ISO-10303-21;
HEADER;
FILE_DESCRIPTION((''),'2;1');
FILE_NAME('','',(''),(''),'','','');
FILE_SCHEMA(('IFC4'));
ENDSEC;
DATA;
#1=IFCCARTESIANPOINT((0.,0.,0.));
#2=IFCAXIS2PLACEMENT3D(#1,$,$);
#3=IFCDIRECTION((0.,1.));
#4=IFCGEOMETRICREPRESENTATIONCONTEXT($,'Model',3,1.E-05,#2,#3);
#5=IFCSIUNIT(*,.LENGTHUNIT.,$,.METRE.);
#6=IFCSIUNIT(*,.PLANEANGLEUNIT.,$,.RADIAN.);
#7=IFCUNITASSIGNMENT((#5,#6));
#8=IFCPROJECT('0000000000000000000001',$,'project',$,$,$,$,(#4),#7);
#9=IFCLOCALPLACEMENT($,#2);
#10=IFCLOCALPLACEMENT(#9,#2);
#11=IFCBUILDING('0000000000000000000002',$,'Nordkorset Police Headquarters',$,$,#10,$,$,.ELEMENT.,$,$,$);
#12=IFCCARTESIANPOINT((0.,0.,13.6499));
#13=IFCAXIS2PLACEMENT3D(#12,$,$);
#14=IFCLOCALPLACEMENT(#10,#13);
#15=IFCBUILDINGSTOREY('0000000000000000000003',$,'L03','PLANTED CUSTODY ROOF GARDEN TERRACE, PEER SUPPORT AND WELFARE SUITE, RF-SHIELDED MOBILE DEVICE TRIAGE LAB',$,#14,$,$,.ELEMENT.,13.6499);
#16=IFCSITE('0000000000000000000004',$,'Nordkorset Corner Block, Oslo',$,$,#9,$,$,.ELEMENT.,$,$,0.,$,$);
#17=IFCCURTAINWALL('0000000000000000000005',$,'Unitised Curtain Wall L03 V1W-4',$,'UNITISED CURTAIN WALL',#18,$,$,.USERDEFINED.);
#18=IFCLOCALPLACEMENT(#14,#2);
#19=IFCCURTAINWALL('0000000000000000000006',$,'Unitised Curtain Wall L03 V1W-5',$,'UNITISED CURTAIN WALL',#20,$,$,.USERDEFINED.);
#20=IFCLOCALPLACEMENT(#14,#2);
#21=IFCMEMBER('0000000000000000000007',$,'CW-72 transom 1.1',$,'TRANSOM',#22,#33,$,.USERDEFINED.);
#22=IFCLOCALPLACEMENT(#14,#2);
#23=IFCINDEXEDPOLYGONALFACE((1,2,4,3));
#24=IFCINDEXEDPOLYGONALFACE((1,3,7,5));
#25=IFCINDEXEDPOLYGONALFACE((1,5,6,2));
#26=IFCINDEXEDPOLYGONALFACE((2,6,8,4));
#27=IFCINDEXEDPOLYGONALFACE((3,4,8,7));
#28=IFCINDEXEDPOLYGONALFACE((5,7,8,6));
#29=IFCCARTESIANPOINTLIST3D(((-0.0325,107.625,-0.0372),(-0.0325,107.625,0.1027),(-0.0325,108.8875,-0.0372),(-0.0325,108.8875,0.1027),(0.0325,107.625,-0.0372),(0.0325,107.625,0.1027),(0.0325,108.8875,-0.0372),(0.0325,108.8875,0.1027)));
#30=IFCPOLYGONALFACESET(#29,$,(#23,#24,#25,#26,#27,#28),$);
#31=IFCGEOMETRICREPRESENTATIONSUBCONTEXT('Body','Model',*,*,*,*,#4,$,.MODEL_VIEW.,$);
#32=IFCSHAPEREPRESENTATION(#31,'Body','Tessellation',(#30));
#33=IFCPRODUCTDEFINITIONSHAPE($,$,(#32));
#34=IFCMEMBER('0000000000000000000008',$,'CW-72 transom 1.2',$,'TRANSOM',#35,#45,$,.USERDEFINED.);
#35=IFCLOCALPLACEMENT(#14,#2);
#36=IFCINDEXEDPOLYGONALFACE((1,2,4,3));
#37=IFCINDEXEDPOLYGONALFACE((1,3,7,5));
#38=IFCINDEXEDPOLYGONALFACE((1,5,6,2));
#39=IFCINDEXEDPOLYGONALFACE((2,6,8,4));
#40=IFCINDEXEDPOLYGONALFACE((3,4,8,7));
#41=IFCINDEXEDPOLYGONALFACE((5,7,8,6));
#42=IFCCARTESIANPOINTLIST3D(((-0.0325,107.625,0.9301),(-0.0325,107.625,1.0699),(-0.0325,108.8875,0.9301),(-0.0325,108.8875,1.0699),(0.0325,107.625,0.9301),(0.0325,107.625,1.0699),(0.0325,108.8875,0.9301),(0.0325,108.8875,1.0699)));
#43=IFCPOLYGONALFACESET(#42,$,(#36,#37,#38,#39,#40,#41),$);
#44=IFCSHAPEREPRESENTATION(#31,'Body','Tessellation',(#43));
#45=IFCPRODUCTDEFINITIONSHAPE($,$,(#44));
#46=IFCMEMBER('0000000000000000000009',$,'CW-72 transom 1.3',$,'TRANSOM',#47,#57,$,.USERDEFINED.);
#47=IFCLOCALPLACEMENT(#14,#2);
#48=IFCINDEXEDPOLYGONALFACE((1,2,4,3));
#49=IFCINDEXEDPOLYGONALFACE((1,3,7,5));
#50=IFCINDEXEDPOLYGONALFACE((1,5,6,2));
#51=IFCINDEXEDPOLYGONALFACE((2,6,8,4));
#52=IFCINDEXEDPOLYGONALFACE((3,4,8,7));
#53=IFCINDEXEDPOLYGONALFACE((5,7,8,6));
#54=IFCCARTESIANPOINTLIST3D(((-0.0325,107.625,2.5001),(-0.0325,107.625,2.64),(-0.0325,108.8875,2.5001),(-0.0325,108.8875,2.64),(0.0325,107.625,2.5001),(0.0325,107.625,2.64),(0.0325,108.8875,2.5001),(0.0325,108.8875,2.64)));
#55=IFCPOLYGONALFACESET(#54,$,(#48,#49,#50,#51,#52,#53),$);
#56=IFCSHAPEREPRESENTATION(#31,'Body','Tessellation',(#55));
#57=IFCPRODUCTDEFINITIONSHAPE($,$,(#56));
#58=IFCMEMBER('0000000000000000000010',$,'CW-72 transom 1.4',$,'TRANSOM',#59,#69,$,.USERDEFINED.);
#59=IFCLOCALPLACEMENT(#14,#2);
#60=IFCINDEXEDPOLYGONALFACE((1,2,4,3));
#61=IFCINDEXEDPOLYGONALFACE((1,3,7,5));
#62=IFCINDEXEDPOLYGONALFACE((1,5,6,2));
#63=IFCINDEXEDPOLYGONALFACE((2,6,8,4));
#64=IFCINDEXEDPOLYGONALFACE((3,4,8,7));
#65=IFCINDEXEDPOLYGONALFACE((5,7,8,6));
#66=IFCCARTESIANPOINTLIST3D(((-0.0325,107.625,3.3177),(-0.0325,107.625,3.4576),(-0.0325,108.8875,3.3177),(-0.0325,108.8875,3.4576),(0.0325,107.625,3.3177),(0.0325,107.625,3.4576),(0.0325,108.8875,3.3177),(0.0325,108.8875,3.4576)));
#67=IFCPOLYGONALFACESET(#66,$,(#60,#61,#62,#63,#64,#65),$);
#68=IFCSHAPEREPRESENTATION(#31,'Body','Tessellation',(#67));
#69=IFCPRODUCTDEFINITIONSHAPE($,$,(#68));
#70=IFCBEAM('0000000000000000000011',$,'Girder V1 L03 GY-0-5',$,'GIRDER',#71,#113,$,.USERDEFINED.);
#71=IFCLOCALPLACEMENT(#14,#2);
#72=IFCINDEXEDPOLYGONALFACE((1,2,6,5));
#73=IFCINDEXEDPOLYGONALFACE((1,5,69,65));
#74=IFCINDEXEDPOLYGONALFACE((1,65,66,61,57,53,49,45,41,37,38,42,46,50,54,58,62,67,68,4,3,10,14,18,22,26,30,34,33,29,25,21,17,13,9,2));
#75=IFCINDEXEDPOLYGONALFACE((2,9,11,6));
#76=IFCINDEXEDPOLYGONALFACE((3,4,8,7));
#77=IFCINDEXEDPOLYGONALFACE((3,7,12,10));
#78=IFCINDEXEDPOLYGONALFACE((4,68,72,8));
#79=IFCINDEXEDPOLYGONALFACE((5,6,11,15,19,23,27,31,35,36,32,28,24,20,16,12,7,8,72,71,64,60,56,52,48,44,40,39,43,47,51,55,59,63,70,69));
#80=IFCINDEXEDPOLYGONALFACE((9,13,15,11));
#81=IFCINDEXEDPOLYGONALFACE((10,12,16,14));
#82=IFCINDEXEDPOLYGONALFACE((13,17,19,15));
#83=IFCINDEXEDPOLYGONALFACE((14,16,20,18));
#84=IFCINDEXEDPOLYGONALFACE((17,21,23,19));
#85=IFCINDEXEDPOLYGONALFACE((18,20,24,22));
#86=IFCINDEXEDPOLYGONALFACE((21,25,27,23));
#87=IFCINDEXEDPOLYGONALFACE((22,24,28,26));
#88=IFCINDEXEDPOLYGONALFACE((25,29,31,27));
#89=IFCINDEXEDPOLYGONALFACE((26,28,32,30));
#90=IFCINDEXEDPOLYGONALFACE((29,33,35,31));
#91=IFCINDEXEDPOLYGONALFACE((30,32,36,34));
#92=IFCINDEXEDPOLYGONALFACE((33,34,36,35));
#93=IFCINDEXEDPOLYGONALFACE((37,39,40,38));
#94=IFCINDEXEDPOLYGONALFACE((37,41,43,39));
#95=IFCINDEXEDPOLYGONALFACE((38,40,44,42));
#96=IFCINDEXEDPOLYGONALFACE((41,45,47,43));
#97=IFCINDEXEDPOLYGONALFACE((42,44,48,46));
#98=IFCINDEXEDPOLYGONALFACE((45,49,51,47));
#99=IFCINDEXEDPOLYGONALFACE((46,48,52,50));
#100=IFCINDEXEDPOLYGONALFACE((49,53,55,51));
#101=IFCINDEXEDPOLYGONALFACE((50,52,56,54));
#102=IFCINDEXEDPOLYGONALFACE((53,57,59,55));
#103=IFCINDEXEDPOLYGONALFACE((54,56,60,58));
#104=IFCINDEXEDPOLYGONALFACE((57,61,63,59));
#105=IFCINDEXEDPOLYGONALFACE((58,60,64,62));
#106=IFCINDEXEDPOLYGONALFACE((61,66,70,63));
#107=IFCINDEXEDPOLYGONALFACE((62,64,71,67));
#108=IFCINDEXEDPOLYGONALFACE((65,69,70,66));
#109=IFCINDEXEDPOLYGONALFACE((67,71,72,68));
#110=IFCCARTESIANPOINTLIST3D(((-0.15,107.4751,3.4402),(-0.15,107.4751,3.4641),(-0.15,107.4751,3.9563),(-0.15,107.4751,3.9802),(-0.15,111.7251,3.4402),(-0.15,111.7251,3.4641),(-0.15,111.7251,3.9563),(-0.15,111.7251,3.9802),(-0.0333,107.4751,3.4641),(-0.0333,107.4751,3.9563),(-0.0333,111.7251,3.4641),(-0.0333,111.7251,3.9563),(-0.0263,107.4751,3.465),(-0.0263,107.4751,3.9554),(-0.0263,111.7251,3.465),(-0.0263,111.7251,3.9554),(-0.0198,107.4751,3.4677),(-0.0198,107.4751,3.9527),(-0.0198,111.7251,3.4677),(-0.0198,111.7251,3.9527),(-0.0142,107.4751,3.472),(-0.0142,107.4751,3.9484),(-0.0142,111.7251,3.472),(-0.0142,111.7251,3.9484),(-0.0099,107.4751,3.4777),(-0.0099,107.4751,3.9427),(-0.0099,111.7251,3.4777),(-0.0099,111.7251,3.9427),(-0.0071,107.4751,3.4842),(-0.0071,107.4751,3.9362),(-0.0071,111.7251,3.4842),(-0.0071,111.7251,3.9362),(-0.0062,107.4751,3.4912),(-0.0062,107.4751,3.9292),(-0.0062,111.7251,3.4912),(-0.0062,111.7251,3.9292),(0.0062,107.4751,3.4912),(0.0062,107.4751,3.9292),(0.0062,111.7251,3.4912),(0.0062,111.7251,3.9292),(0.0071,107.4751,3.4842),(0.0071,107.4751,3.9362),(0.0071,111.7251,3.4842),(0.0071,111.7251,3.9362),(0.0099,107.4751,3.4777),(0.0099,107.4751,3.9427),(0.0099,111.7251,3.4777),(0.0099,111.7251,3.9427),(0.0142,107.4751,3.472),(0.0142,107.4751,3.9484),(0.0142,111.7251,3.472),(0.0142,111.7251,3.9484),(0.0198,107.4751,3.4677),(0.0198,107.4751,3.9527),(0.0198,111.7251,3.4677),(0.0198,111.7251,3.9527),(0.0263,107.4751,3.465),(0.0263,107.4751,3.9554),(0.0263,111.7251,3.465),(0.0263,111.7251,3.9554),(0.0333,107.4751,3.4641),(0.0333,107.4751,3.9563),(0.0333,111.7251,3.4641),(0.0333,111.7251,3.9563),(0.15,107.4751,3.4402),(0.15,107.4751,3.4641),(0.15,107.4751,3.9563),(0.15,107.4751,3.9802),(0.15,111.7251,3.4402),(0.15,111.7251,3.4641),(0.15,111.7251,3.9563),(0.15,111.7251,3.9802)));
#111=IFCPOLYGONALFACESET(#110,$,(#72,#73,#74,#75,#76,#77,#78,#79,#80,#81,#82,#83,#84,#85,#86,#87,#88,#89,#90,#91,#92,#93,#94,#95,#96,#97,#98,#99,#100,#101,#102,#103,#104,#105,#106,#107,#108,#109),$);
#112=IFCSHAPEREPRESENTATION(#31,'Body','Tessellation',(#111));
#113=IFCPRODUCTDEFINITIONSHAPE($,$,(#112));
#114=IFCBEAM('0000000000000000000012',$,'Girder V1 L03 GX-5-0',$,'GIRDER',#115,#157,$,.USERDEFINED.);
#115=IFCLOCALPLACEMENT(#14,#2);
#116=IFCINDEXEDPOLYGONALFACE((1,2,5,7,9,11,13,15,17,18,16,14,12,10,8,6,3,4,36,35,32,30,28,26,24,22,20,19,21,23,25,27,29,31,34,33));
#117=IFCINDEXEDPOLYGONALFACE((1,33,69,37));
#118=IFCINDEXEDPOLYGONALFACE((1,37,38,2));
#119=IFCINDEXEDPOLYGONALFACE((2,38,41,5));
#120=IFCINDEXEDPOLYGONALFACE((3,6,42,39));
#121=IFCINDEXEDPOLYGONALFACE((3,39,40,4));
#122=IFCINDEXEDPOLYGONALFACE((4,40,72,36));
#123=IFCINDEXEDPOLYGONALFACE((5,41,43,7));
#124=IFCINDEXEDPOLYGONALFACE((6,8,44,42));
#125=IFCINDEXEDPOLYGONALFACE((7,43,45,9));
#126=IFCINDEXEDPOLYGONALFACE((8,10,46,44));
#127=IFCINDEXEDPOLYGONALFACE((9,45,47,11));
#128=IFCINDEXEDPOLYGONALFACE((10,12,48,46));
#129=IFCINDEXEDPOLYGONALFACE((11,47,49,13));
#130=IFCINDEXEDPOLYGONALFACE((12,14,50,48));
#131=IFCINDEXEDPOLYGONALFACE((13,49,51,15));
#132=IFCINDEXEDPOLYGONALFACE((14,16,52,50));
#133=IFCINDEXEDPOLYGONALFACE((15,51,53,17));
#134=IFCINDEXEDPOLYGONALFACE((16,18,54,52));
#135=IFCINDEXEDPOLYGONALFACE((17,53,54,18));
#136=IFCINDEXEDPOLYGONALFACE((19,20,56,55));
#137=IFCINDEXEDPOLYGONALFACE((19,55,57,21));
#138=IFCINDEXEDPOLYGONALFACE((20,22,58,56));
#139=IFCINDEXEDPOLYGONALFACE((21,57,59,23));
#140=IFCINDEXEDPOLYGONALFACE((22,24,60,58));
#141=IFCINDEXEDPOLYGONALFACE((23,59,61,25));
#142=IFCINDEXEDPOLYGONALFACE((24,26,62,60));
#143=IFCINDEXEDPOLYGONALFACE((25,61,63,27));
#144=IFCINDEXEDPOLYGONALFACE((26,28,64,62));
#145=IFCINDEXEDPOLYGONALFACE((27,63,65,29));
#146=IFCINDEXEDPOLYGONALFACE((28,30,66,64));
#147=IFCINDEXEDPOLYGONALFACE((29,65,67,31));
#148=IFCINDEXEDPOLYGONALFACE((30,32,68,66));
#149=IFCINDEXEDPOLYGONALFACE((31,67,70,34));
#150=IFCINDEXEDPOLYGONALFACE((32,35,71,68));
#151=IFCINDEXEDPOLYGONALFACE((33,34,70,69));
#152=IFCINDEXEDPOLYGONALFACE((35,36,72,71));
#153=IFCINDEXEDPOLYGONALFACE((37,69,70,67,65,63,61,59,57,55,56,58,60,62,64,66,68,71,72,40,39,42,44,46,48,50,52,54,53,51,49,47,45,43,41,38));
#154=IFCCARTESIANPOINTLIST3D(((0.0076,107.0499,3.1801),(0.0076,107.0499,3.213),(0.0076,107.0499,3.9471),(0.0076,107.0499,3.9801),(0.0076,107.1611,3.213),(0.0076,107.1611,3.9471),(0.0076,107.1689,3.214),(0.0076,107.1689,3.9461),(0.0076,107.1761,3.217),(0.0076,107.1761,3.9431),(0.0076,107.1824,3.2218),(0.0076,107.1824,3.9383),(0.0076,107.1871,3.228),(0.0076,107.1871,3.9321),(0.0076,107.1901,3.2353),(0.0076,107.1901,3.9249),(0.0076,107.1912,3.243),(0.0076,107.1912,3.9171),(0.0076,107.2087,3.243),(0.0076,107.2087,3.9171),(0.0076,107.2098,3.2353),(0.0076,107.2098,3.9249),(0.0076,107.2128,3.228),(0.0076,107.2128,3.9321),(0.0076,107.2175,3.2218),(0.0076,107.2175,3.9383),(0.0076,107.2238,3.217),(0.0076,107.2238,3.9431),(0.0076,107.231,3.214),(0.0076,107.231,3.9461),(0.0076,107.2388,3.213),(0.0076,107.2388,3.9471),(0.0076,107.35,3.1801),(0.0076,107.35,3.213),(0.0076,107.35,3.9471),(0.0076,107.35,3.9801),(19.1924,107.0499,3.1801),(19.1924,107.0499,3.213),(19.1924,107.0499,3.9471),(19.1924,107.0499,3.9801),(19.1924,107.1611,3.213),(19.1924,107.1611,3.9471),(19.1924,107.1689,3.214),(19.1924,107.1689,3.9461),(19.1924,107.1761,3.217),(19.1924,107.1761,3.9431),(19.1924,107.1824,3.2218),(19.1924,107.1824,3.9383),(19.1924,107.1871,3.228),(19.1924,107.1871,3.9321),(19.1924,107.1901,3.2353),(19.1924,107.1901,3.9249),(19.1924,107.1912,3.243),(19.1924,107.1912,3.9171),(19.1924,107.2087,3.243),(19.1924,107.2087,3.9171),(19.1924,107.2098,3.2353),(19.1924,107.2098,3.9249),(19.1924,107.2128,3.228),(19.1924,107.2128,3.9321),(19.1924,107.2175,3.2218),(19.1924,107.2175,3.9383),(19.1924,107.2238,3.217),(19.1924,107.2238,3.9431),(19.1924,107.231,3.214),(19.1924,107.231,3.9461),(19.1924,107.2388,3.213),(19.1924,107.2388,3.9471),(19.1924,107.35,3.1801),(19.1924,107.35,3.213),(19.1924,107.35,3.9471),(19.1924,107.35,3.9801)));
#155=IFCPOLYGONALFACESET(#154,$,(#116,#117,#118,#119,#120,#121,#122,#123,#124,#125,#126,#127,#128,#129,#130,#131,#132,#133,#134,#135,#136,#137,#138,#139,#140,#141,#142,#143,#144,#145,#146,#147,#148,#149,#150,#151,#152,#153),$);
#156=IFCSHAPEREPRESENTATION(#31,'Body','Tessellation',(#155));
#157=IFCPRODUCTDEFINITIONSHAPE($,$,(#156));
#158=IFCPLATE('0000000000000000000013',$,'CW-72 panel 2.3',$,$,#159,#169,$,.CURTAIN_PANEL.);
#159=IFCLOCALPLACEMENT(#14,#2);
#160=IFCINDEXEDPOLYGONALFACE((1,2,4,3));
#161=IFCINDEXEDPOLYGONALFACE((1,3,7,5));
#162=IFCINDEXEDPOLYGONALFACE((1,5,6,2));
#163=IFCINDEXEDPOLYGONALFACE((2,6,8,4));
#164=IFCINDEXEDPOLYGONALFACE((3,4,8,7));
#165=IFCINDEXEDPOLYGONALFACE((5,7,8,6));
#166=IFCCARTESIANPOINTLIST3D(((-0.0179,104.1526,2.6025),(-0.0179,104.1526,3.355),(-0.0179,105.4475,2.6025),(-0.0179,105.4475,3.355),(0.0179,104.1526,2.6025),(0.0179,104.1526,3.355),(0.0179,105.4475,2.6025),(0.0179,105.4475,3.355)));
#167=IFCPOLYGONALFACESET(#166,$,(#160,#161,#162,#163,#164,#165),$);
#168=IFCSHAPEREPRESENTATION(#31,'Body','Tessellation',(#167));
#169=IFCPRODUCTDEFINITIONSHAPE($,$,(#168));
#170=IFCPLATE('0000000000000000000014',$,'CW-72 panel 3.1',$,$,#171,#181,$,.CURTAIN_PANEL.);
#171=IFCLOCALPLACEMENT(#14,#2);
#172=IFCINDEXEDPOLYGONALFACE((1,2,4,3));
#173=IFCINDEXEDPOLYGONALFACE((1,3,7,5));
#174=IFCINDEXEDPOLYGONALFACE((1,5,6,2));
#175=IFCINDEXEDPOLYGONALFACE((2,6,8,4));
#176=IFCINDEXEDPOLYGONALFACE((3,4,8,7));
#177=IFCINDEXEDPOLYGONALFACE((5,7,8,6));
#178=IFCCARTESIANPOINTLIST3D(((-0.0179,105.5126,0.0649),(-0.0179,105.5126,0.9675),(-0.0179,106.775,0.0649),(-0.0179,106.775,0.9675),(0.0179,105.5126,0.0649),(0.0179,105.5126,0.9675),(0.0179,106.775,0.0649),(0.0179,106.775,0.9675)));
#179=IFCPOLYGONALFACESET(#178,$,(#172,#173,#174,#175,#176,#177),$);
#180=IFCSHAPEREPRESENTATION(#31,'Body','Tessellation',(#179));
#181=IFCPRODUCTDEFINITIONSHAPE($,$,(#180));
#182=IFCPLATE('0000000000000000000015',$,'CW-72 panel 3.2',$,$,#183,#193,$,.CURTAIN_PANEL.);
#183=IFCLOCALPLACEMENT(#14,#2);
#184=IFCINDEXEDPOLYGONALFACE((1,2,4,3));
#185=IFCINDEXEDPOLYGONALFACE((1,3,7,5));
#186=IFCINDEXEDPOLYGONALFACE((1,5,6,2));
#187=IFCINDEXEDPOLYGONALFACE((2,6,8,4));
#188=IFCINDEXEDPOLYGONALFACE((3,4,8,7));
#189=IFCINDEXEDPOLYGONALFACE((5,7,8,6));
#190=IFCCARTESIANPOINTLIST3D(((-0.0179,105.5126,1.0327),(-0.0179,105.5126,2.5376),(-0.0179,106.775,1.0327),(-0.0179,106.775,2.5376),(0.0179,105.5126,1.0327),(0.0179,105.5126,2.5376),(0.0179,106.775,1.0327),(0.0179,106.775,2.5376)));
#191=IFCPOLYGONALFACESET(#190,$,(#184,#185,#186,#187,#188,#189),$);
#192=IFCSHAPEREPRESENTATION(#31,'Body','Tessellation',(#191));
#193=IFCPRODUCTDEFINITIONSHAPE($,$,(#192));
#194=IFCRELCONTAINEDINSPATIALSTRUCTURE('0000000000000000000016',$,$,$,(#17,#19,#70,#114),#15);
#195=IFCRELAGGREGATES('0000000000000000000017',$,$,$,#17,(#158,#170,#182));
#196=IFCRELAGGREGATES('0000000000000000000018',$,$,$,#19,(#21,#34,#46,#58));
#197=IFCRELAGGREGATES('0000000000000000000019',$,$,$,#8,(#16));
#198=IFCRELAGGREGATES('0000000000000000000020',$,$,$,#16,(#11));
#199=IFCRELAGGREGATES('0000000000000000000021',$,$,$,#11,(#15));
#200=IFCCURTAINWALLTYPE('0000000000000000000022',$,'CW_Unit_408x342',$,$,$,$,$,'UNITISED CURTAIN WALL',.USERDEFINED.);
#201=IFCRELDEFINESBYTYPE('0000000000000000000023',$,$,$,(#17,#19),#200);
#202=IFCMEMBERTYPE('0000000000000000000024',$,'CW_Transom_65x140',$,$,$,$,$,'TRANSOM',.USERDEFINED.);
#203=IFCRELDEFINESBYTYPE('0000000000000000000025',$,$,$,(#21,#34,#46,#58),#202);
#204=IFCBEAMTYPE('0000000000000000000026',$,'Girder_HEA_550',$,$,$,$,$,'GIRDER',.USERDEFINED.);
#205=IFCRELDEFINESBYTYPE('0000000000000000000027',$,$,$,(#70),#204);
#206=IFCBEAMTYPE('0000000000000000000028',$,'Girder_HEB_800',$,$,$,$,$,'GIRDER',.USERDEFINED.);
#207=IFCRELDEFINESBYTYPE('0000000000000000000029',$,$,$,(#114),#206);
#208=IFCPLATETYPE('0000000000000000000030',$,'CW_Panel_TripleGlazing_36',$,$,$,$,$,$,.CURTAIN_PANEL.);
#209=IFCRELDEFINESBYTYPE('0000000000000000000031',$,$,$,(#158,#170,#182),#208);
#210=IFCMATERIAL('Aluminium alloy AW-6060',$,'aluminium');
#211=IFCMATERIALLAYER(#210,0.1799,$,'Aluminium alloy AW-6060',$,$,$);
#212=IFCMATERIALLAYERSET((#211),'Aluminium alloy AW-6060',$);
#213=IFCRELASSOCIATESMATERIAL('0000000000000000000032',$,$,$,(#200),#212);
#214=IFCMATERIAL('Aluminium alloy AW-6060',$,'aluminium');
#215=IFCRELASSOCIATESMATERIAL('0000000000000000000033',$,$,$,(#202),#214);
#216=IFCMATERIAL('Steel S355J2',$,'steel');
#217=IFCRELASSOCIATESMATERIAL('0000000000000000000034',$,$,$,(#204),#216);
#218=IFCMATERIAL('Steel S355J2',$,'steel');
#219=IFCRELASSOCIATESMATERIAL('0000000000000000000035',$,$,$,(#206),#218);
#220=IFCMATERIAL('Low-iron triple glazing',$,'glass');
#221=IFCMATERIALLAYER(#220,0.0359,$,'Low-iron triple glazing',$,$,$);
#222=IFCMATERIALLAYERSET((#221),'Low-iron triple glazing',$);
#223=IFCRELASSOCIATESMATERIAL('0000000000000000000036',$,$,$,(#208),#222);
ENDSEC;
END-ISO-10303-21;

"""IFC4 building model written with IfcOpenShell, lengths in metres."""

from ifc_helpers import new_model, si_unit, direction, frame, origin, origin_2d, place, context, subcontext, project, spatial, rectangle, i_section, extrude, material, layer, layer_set, material_profile, profile_set, type_object, element, aggregate, save


model = new_model("IFC4")

# Units and contexts
model_context = context("Model", 3, precision=1e-05, world=origin(), true_north=direction((0.0, 1.0)))
body_context = subcontext(model_context, "Body", "Model", "MODEL_VIEW")
ifc_project = project(units=[si_unit("LENGTHUNIT", "METRE"), si_unit("PLANEANGLEUNIT", "RADIAN")], contexts=[model_context])

# Site, building, storey
site_placement = place(None, origin())
site = spatial("IfcSite", under=ifc_project, at=site_placement, Name="Nordkorset Corner Block, Oslo", CompositionType="ELEMENT", RefElevation=0.0)
building_placement = place(site_placement, origin())
building = spatial("IfcBuilding", under=site, at=building_placement, Name="Nordkorset Police Headquarters", CompositionType="ELEMENT")
storey_placement = place(building_placement, frame((0.0, 0.0, 13.6499)))
storey = spatial("IfcBuildingStorey", under=building, at=storey_placement, Name="L03", Description="PLANTED CUSTODY ROOF GARDEN TERRACE, PEER SUPPORT AND WELFARE SUITE, RF-SHIELDED MOBILE DEVICE TRIAGE LAB", CompositionType="ELEMENT", Elevation=13.6499)

# Curtain wall
ifc_material_1 = material(Name="Aluminium alloy AW-6060", Category="aluminium")
ifc_layer_1 = layer(ifc_material_1, 0.1799, Name="Aluminium alloy AW-6060")
ifc_layer_set_1 = layer_set([ifc_layer_1], Name="Aluminium alloy AW-6060")
curtain_wall_type = type_object("IfcCurtainWallType", Name="CW_Unit_408x342", ElementType="UNITISED CURTAIN WALL", PredefinedType="USERDEFINED", material=ifc_layer_set_1)
curtain_wall_1_placement = place(storey_placement, origin())
curtain_wall_1 = element("IfcCurtainWall", 1, at=curtain_wall_1_placement, inside=storey, type_object=curtain_wall_type, Name="Unitised Curtain Wall L03 V1W-4", ObjectType="UNITISED CURTAIN WALL", PredefinedType="USERDEFINED")

# Curtain wall
curtain_wall_2_placement = place(storey_placement, origin())
curtain_wall_2 = element("IfcCurtainWall", 2, at=curtain_wall_2_placement, inside=storey, type_object=curtain_wall_type, Name="Unitised Curtain Wall L03 V1W-5", ObjectType="UNITISED CURTAIN WALL", PredefinedType="USERDEFINED")

# Members
ifc_material_2 = material(Name="Aluminium alloy AW-6060", Category="aluminium")
ifc_material_profile_1 = material_profile(ifc_material_2, rectangle(XDim=0.0649, YDim=0.1399, at=origin_2d()), Name="ALU TRAN 65x140")
ifc_profile_set_1 = profile_set([ifc_material_profile_1], Name="Aluminium alloy AW-6060")
member_type_1 = type_object("IfcMemberType", Name="CW_Transom_65x140", ElementType="TRANSOM", PredefinedType="USERDEFINED", material=ifc_profile_set_1)
member_1_placement = place(storey_placement, frame((0.0, 107.625, 0.0327), z_axis=(0.0, 1.0, 0.0), x_axis=(-1.0, 0.0, 0.0)))
member_1 = element("IfcMember", 3, at=member_1_placement, type_object=member_type_1, Name="CW-72 transom 1.1", ObjectType="TRANSOM", PredefinedType="USERDEFINED", context=body_context, shape_type="SweptSolid", body=[
    extrude(rectangle(XDim=0.0649, YDim=0.1399, at=origin_2d()), origin(), (0.0, 0.0, 1.0), 1.2625),
])
member_2_placement = place(storey_placement, frame((0.0, 107.625, 1.0), z_axis=(0.0, 1.0, 0.0), x_axis=(-1.0, 0.0, 0.0)))
member_2 = element("IfcMember", 4, at=member_2_placement, type_object=member_type_1, Name="CW-72 transom 1.2", ObjectType="TRANSOM", PredefinedType="USERDEFINED", context=body_context, shape_type="SweptSolid", body=[
    extrude(rectangle(XDim=0.0649, YDim=0.1399, at=origin_2d()), origin(), (0.0, 0.0, 1.0), 1.2625),
])
member_3_placement = place(storey_placement, frame((0.0, 107.625, 2.5701), z_axis=(0.0, 1.0, 0.0), x_axis=(-1.0, 0.0, 0.0)))
member_3 = element("IfcMember", 5, at=member_3_placement, type_object=member_type_1, Name="CW-72 transom 1.3", ObjectType="TRANSOM", PredefinedType="USERDEFINED", context=body_context, shape_type="SweptSolid", body=[
    extrude(rectangle(XDim=0.0649, YDim=0.1399, at=origin_2d()), origin(), (0.0, 0.0, 1.0), 1.2625),
])
member_4_placement = place(storey_placement, frame((0.0, 107.625, 3.3877), z_axis=(0.0, 1.0, 0.0), x_axis=(-1.0, 0.0, 0.0)))
member_4 = element("IfcMember", 6, at=member_4_placement, type_object=member_type_1, Name="CW-72 transom 1.4", ObjectType="TRANSOM", PredefinedType="USERDEFINED", context=body_context, shape_type="SweptSolid", body=[
    extrude(rectangle(XDim=0.0649, YDim=0.1399, at=origin_2d()), origin(), (0.0, 0.0, 1.0), 1.2625),
])

# Beams
ifc_material_3 = material(Name="Steel S355J2", Category="steel")
ifc_material_profile_2 = material_profile(ifc_material_3, i_section(OverallWidth=0.3, OverallDepth=0.54, WebThickness=0.0125, FlangeThickness=0.0239, FilletRadius=0.0271, at=origin_2d()), Name="HEA 550")
ifc_profile_set_2 = profile_set([ifc_material_profile_2], Name="Steel S355J2")
beam_type_1 = type_object("IfcBeamType", Name="Girder_HEA_550", ElementType="GIRDER", PredefinedType="USERDEFINED", material=ifc_profile_set_2)
beam_1_placement = place(storey_placement, frame((0.0, 107.4751, 3.7102), z_axis=(0.0, 1.0, 0.0), x_axis=(-1.0, 0.0, 0.0)))
element("IfcBeam", 7, at=beam_1_placement, inside=storey, type_object=beam_type_1, Name="Girder V1 L03 GY-0-5", ObjectType="GIRDER", PredefinedType="USERDEFINED", context=body_context, shape_type="SweptSolid", body=[
    extrude(i_section(OverallWidth=0.3, OverallDepth=0.54, WebThickness=0.0125, FlangeThickness=0.0239, FilletRadius=0.0271, at=origin_2d()), origin(), (0.0, 0.0, 1.0), 4.25),
])
ifc_material_4 = material(Name="Steel S355J2", Category="steel")
ifc_material_profile_3 = material_profile(ifc_material_4, i_section(OverallWidth=0.3, OverallDepth=0.8, WebThickness=0.0176, FlangeThickness=0.033, FilletRadius=0.03, at=origin_2d()), Name="HEB 800")
ifc_profile_set_3 = profile_set([ifc_material_profile_3], Name="Steel S355J2")
beam_type_2 = type_object("IfcBeamType", Name="Girder_HEB_800", ElementType="GIRDER", PredefinedType="USERDEFINED", material=ifc_profile_set_3)
beam_2_placement = place(storey_placement, frame((0.0076, 107.2, 3.5801), z_axis=(1.0, 0.0, 0.0), x_axis=(0.0, 1.0, 0.0)))
element("IfcBeam", 8, at=beam_2_placement, inside=storey, type_object=beam_type_2, Name="Girder V1 L03 GX-5-0", ObjectType="GIRDER", PredefinedType="USERDEFINED", context=body_context, shape_type="SweptSolid", body=[
    extrude(i_section(OverallWidth=0.3, OverallDepth=0.8, WebThickness=0.0176, FlangeThickness=0.033, FilletRadius=0.03, at=origin_2d()), origin(), (0.0, 0.0, 1.0), 19.1848),
])

# Plates
ifc_material_5 = material(Name="Low-iron triple glazing", Category="glass")
ifc_layer_2 = layer(ifc_material_5, 0.0359, Name="Low-iron triple glazing")
ifc_layer_set_2 = layer_set([ifc_layer_2], Name="Low-iron triple glazing")
plate_type = type_object("IfcPlateType", Name="CW_Panel_TripleGlazing_36", PredefinedType="CURTAIN_PANEL", material=ifc_layer_set_2)
plate_1_placement = place(storey_placement, frame((0.0, 104.8, 2.6025), z_axis=(0.0, 0.0, 1.0), x_axis=(0.0, 1.0, 0.0)))
plate_1 = element("IfcPlate", 9, at=plate_1_placement, type_object=plate_type, Name="CW-72 panel 2.3", PredefinedType="CURTAIN_PANEL", context=body_context, shape_type="SweptSolid", body=[
    extrude(rectangle(XDim=1.2949, YDim=0.0359, at=origin_2d()), origin(), (0.0, 0.0, 1.0), 0.7524),
])
plate_2_placement = place(storey_placement, frame((0.0, 106.1438, 0.0649), z_axis=(0.0, 0.0, 1.0), x_axis=(0.0, 1.0, 0.0)))
plate_2 = element("IfcPlate", 10, at=plate_2_placement, type_object=plate_type, Name="CW-72 panel 3.1", PredefinedType="CURTAIN_PANEL", context=body_context, shape_type="SweptSolid", body=[
    extrude(rectangle(XDim=1.2625, YDim=0.0359, at=origin_2d()), origin(), (0.0, 0.0, 1.0), 0.9026),
])
plate_3_placement = place(storey_placement, frame((0.0, 106.1438, 1.0327), z_axis=(0.0, 0.0, 1.0), x_axis=(0.0, 1.0, 0.0)))
plate_3 = element("IfcPlate", 11, at=plate_3_placement, type_object=plate_type, Name="CW-72 panel 3.2", PredefinedType="CURTAIN_PANEL", context=body_context, shape_type="SweptSolid", body=[
    extrude(rectangle(XDim=1.2625, YDim=0.0359, at=origin_2d()), origin(), (0.0, 0.0, 1.0), 1.5049),
])
aggregate(curtain_wall_1, [plate_1, plate_2, plate_3])
aggregate(curtain_wall_2, [member_1, member_2, member_3, member_4])

save(model, "model.ifc")
